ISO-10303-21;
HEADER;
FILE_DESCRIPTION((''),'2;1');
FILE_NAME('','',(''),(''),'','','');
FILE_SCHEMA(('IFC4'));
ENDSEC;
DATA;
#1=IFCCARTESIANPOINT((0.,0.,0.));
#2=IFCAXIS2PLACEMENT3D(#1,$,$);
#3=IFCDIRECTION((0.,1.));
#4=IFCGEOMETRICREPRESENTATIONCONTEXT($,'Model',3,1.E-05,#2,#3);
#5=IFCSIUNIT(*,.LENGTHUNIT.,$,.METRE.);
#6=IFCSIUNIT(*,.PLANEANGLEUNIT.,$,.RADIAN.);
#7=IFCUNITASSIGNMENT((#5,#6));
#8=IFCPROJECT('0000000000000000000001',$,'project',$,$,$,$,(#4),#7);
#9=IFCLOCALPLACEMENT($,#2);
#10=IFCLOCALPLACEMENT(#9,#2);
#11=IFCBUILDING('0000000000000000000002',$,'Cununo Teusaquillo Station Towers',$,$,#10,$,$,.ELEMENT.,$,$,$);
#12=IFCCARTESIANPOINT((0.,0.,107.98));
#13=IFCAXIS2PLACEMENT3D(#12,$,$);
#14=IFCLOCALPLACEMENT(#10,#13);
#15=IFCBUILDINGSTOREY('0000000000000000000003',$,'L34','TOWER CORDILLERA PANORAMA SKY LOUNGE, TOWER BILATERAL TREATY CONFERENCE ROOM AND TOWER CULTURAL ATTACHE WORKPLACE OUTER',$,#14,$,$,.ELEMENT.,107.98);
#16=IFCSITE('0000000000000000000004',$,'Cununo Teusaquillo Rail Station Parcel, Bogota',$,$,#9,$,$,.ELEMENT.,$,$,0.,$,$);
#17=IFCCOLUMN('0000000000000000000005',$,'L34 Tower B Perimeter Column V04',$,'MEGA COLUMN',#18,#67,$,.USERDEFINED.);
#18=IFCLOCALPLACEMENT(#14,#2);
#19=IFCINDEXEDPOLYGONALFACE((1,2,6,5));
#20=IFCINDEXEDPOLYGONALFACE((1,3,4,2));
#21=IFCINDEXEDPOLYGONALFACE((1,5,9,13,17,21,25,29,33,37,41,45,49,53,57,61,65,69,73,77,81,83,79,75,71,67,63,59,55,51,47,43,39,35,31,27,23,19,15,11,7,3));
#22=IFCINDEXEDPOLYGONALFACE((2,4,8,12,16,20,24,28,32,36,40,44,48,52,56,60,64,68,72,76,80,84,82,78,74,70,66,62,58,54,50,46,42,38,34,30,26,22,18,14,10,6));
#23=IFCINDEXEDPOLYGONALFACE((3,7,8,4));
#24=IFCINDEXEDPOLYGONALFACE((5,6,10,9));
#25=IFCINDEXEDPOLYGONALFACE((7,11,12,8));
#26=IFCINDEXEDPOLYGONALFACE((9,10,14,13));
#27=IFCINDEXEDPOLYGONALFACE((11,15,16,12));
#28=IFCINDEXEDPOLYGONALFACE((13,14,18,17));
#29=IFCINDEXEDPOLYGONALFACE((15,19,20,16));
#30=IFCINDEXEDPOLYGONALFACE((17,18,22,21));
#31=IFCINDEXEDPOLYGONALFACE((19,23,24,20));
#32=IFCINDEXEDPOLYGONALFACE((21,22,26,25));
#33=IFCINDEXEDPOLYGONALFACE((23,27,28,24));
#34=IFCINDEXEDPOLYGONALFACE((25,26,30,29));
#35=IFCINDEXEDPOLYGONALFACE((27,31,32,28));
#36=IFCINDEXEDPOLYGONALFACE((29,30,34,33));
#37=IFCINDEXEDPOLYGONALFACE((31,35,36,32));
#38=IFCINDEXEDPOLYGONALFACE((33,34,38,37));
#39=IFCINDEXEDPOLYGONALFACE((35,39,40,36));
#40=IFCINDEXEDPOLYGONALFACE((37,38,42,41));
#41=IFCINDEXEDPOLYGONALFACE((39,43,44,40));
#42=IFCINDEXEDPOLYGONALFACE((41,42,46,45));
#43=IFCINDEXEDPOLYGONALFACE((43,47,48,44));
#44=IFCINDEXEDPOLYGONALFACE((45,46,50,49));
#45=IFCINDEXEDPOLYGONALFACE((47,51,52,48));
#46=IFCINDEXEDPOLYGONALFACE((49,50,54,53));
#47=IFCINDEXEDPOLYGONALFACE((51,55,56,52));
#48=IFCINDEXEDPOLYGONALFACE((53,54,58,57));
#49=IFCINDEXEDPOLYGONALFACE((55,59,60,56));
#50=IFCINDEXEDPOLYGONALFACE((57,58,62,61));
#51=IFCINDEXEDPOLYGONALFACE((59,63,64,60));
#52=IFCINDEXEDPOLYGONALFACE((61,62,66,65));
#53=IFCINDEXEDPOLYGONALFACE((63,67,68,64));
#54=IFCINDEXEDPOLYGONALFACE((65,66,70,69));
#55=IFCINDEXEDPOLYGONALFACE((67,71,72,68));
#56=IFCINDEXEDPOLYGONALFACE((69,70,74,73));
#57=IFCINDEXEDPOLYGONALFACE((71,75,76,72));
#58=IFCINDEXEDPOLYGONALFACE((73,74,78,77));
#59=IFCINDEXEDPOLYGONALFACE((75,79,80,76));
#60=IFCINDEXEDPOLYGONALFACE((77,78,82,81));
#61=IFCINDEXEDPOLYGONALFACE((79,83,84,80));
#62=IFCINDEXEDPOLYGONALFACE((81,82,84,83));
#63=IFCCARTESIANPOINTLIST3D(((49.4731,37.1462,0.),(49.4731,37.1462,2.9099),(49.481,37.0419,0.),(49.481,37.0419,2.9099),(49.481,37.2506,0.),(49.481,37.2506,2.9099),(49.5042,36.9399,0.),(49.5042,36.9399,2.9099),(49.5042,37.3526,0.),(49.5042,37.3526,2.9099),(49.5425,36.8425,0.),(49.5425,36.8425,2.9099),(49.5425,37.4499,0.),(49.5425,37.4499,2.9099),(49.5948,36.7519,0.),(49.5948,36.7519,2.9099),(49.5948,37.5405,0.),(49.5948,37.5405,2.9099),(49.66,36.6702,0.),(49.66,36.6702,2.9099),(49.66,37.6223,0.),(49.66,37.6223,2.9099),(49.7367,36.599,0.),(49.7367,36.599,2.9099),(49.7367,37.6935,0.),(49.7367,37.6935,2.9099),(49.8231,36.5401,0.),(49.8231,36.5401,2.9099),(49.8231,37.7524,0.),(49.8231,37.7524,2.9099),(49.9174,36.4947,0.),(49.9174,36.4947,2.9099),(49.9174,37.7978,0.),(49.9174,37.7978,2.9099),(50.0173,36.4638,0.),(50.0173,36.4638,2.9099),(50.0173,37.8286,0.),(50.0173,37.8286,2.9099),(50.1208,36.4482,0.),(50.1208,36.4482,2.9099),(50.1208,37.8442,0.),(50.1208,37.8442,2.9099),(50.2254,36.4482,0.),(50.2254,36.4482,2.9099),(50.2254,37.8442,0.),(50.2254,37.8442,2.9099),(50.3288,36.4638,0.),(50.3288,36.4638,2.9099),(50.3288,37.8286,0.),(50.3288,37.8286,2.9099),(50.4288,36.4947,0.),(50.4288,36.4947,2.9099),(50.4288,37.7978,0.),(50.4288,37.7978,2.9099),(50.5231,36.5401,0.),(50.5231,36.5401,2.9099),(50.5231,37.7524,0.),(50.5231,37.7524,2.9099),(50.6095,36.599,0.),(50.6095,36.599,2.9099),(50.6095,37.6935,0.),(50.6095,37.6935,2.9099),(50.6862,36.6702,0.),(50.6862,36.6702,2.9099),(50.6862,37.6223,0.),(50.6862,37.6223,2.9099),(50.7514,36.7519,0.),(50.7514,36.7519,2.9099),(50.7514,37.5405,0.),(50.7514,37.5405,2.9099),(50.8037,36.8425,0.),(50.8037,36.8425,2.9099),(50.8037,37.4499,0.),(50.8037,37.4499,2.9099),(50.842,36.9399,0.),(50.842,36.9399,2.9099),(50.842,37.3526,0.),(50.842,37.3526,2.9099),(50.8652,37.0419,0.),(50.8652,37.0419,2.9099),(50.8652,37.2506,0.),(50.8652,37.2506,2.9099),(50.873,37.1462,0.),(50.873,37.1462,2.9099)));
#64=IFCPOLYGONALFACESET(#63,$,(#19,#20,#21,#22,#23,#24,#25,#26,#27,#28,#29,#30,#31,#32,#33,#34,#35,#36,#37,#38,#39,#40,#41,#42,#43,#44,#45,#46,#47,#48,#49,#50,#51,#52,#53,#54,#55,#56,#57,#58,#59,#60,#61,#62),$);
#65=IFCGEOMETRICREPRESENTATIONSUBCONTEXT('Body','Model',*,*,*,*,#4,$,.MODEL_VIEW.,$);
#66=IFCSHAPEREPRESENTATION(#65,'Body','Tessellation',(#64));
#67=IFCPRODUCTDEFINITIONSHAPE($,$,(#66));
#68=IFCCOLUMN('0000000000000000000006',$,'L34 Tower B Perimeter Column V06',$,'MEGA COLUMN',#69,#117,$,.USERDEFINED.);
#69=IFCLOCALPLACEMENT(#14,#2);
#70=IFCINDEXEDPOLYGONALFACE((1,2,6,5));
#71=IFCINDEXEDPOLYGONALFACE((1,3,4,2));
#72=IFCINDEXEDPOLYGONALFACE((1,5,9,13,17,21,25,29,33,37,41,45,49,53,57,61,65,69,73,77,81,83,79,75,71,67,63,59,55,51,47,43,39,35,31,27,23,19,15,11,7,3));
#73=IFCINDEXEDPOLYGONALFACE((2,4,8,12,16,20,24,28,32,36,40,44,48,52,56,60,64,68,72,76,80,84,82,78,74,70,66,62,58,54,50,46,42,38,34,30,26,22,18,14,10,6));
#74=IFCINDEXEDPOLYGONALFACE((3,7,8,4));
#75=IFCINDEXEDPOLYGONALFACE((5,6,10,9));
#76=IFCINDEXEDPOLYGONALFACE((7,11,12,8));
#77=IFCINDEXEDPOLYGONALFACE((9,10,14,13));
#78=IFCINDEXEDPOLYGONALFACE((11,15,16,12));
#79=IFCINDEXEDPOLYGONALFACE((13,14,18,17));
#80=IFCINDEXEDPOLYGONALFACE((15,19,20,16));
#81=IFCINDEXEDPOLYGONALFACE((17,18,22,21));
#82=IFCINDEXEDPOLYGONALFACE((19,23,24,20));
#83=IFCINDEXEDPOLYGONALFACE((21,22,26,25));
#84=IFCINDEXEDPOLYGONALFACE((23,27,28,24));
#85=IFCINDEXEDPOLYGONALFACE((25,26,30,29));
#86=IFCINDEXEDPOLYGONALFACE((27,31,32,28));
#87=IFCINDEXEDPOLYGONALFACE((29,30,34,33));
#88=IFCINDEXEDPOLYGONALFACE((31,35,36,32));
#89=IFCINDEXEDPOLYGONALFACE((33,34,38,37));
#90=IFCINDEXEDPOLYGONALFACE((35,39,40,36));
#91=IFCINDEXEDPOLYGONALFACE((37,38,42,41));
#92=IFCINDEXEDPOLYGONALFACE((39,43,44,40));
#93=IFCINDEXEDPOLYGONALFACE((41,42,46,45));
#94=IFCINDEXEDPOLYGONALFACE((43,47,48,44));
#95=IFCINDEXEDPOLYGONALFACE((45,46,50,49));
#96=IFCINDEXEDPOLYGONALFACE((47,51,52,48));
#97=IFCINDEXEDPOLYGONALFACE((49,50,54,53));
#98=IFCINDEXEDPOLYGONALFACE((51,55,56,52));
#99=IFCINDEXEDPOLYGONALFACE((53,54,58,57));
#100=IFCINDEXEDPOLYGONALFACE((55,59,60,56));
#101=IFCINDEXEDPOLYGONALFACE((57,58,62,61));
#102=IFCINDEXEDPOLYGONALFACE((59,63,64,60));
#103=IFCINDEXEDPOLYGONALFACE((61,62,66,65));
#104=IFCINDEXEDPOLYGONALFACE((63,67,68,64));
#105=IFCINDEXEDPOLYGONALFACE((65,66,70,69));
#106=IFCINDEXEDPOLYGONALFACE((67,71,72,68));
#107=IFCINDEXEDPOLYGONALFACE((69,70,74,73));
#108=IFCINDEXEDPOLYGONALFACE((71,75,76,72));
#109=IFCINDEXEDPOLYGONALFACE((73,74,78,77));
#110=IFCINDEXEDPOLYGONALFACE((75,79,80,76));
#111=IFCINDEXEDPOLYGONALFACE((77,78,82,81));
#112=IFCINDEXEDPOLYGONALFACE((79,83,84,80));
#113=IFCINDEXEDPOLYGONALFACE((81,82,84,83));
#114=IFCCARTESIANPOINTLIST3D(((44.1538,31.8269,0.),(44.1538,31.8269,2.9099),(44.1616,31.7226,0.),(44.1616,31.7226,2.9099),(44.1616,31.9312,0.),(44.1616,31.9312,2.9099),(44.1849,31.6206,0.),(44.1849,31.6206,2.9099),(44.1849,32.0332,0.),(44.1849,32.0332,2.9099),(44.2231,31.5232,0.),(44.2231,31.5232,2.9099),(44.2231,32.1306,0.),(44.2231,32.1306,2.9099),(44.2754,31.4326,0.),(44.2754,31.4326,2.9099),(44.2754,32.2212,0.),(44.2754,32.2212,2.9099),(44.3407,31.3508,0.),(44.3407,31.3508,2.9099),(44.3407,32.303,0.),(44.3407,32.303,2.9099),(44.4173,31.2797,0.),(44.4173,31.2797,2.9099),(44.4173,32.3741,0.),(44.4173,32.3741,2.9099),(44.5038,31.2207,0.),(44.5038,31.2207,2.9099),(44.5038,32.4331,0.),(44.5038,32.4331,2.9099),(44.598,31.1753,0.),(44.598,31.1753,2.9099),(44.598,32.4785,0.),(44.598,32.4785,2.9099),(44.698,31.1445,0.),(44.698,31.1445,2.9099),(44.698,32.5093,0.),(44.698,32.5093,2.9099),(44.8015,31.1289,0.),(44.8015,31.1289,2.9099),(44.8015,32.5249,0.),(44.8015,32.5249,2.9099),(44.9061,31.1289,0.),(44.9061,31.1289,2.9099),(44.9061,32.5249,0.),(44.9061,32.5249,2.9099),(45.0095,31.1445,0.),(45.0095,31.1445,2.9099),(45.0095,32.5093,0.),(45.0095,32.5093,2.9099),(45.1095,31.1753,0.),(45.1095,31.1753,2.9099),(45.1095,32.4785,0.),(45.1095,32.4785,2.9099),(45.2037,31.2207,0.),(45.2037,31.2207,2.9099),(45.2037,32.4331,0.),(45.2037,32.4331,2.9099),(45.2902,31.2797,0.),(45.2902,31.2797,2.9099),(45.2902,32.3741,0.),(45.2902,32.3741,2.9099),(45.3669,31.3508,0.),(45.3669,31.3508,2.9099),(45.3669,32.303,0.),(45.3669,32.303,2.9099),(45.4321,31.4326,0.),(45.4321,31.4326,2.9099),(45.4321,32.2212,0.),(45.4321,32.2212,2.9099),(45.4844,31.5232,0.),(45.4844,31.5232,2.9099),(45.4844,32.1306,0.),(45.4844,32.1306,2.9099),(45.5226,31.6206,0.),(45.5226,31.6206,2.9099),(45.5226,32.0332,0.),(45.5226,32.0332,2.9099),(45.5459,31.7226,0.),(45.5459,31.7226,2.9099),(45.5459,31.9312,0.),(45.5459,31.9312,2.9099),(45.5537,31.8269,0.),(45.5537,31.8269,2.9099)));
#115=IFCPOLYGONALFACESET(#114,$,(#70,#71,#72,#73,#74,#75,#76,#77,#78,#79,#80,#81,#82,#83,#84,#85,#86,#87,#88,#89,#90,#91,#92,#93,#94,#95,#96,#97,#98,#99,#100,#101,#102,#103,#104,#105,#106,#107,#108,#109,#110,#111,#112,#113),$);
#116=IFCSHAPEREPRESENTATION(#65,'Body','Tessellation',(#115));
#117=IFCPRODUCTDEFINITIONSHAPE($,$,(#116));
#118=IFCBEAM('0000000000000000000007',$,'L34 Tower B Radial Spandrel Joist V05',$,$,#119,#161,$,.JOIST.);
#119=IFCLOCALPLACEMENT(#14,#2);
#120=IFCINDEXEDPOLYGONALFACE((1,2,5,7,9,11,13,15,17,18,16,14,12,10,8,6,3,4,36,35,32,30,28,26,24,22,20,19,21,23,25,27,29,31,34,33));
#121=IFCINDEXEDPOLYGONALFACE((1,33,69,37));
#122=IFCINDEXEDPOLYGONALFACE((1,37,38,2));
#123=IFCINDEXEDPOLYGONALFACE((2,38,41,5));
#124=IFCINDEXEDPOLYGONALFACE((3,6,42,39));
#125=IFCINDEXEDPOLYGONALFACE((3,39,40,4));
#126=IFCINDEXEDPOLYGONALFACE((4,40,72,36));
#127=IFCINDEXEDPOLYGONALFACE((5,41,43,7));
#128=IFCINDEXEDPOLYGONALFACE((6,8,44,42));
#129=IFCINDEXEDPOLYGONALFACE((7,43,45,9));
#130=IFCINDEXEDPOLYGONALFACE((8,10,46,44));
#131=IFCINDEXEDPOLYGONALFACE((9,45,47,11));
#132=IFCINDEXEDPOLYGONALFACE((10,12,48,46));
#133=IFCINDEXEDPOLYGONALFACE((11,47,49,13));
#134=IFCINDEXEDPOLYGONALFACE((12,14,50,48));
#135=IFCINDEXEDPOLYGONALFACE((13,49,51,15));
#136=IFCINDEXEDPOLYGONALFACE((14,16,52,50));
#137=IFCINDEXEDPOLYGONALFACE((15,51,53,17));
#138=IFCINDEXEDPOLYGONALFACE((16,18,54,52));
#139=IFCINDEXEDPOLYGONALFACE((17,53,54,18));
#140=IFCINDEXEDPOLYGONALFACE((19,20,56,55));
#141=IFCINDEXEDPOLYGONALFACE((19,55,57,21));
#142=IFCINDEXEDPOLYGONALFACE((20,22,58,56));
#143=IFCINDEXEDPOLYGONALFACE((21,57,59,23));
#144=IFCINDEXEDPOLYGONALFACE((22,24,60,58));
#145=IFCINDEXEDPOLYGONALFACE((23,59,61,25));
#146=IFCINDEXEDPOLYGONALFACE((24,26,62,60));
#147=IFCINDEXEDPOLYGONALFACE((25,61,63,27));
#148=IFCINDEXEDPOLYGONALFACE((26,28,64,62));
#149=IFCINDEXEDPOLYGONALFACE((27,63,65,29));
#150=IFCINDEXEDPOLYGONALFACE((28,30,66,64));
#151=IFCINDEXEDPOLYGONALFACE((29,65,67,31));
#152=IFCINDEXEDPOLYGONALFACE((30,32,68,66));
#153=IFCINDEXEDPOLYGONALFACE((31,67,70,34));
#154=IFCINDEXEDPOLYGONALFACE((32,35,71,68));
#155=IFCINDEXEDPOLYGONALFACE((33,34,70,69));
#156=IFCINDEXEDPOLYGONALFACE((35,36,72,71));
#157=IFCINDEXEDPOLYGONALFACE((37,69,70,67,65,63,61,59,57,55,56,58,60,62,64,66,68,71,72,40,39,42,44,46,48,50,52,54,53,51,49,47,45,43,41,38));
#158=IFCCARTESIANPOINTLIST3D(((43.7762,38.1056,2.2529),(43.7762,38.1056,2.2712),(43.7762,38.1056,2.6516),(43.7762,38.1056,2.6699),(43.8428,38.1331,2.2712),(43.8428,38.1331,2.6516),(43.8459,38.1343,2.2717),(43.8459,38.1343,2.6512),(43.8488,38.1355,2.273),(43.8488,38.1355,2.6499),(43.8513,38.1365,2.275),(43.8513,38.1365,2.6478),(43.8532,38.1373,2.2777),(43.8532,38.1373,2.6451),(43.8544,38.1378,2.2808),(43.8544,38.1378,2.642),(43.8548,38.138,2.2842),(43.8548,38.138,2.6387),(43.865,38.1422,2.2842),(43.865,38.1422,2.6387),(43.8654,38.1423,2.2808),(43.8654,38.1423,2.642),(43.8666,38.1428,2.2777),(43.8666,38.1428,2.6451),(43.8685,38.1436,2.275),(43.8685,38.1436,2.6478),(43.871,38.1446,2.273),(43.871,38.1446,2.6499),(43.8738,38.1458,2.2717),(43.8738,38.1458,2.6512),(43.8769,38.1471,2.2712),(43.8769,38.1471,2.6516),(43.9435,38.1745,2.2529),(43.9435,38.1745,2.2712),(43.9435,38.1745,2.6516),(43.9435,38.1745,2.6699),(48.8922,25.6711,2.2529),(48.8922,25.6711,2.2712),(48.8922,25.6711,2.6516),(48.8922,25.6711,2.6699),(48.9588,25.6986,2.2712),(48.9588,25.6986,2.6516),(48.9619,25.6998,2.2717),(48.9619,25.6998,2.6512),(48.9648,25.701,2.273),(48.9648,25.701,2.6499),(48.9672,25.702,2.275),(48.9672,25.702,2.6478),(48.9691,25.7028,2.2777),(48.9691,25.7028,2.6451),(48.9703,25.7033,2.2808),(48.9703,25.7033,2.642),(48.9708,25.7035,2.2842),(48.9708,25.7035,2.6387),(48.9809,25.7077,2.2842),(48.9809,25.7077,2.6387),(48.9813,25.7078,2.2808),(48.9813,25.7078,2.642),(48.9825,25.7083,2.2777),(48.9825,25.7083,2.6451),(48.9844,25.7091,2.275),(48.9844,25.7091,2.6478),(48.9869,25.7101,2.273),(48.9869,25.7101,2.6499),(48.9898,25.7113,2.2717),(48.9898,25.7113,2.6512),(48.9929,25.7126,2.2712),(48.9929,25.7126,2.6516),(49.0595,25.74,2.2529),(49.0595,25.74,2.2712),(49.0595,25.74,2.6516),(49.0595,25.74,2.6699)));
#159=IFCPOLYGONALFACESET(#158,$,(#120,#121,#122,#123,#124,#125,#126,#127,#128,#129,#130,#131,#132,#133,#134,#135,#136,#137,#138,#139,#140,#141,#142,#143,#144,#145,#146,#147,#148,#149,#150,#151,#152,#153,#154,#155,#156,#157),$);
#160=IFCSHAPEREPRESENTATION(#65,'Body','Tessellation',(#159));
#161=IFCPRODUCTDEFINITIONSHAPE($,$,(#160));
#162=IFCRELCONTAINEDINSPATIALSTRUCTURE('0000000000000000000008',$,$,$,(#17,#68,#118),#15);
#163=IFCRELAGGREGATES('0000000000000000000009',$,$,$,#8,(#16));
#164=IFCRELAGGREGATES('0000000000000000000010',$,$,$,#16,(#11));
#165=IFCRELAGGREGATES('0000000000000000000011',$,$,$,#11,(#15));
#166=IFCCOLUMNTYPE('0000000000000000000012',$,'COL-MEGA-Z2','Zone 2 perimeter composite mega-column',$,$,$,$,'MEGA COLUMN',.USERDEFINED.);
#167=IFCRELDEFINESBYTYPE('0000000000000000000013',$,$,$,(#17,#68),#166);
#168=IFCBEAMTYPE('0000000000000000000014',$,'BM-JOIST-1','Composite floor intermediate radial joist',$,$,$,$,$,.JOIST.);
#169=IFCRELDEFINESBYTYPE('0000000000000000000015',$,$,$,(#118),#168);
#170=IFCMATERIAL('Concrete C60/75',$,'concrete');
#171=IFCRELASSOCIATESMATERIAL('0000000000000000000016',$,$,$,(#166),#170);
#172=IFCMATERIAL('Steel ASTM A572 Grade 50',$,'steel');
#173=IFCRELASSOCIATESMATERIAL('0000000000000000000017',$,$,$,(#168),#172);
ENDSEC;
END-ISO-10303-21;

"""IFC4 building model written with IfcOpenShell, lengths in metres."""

from ifc_helpers import new_model, si_unit, direction, frame, origin, origin_2d, place, context, subcontext, project, spatial, circle, i_section, extrude, material, material_profile, profile_set, type_object, element, save


model = new_model("IFC4")

# Units and contexts
model_context = context("Model", 3, precision=1e-05, world=origin(), true_north=direction((0.0, 1.0)))
body_context = subcontext(model_context, "Body", "Model", "MODEL_VIEW")
ifc_project = project(units=[si_unit("LENGTHUNIT", "METRE"), si_unit("PLANEANGLEUNIT", "RADIAN")], contexts=[model_context])

# Site, building, storey
site_placement = place(None, origin())
site = spatial("IfcSite", under=ifc_project, at=site_placement, Name="Cununo Teusaquillo Rail Station Parcel, Bogota", CompositionType="ELEMENT", RefElevation=0.0)
building_placement = place(site_placement, origin())
building = spatial("IfcBuilding", under=site, at=building_placement, Name="Cununo Teusaquillo Station Towers", CompositionType="ELEMENT")
storey_placement = place(building_placement, frame((0.0, 0.0, 107.98)))
storey = spatial("IfcBuildingStorey", under=building, at=storey_placement, Name="L34", Description="TOWER CORDILLERA PANORAMA SKY LOUNGE, TOWER BILATERAL TREATY CONFERENCE ROOM AND TOWER CULTURAL ATTACHE WORKPLACE OUTER", CompositionType="ELEMENT", Elevation=107.98)

# Columns
ifc_material_1 = material(Name="Concrete C60/75", Category="concrete")
ifc_material_profile_1 = material_profile(ifc_material_1, circle(Radius=0.7, at=origin_2d()), Name="RC-CIRC-1400")
ifc_profile_set_1 = profile_set([ifc_material_profile_1], Name="Concrete C60/75")
column_type = type_object("IfcColumnType", Name="COL-MEGA-Z2", Description="Zone 2 perimeter composite mega-column", ElementType="MEGA COLUMN", PredefinedType="USERDEFINED", material=ifc_profile_set_1)
for number, where, z_axis, x_axis, name in (
    (1, (50.1731, 37.1462, 0.0), (0.0, 0.0, 1.0), (1.0, 0.0, 0.0), "L34 Tower B Perimeter Column V04"),
    (2, (44.8538, 31.8269, 0.0), (0.0, 0.0, 1.0), (1.0, 0.0, 0.0), "L34 Tower B Perimeter Column V06"),
):
    element("IfcColumn", number, at=place(storey_placement, frame(where, z_axis=z_axis, x_axis=x_axis)), inside=storey, type_object=column_type, Name=name, ObjectType="MEGA COLUMN", PredefinedType="USERDEFINED", context=body_context, shape_type="SweptSolid", body=[
        extrude(circle(Radius=0.7, at=origin_2d()), origin(), (0.0, 0.0, 1.0), 2.9099),
    ])

# Beam
ifc_material_2 = material(Name="Steel ASTM A572 Grade 50", Category="steel")
ifc_material_profile_2 = material_profile(ifc_material_2, i_section(OverallWidth=0.1809, OverallDepth=0.417, WebThickness=0.011, FlangeThickness=0.0183, FilletRadius=0.0129, at=origin_2d()), Name="W16X57")
ifc_profile_set_2 = profile_set([ifc_material_profile_2], Name="Steel ASTM A572 Grade 50")
beam_type_1 = type_object("IfcBeamType", Name="BM-JOIST-1", Description="Composite floor intermediate radial joist", PredefinedType="JOIST", material=ifc_profile_set_2)
beam_1_placement = place(storey_placement, frame((48.9758, 25.7056, 2.4614), z_axis=(-0.380486, 0.924787, 0.0), x_axis=(-0.924787, -0.380486, 0.0)))
element("IfcBeam", 3, at=beam_1_placement, inside=storey, type_object=beam_type_1, Name="L34 Tower B Radial Spandrel Joist V05", PredefinedType="JOIST", context=body_context, shape_type="SweptSolid", body=[
    extrude(i_section(OverallWidth=0.1809, OverallDepth=0.417, WebThickness=0.011, FlangeThickness=0.0183, FilletRadius=0.0129, at=origin_2d()), origin(), (0.0, 0.0, 1.0), 13.4458),
])

save(model, "model.ifc")
